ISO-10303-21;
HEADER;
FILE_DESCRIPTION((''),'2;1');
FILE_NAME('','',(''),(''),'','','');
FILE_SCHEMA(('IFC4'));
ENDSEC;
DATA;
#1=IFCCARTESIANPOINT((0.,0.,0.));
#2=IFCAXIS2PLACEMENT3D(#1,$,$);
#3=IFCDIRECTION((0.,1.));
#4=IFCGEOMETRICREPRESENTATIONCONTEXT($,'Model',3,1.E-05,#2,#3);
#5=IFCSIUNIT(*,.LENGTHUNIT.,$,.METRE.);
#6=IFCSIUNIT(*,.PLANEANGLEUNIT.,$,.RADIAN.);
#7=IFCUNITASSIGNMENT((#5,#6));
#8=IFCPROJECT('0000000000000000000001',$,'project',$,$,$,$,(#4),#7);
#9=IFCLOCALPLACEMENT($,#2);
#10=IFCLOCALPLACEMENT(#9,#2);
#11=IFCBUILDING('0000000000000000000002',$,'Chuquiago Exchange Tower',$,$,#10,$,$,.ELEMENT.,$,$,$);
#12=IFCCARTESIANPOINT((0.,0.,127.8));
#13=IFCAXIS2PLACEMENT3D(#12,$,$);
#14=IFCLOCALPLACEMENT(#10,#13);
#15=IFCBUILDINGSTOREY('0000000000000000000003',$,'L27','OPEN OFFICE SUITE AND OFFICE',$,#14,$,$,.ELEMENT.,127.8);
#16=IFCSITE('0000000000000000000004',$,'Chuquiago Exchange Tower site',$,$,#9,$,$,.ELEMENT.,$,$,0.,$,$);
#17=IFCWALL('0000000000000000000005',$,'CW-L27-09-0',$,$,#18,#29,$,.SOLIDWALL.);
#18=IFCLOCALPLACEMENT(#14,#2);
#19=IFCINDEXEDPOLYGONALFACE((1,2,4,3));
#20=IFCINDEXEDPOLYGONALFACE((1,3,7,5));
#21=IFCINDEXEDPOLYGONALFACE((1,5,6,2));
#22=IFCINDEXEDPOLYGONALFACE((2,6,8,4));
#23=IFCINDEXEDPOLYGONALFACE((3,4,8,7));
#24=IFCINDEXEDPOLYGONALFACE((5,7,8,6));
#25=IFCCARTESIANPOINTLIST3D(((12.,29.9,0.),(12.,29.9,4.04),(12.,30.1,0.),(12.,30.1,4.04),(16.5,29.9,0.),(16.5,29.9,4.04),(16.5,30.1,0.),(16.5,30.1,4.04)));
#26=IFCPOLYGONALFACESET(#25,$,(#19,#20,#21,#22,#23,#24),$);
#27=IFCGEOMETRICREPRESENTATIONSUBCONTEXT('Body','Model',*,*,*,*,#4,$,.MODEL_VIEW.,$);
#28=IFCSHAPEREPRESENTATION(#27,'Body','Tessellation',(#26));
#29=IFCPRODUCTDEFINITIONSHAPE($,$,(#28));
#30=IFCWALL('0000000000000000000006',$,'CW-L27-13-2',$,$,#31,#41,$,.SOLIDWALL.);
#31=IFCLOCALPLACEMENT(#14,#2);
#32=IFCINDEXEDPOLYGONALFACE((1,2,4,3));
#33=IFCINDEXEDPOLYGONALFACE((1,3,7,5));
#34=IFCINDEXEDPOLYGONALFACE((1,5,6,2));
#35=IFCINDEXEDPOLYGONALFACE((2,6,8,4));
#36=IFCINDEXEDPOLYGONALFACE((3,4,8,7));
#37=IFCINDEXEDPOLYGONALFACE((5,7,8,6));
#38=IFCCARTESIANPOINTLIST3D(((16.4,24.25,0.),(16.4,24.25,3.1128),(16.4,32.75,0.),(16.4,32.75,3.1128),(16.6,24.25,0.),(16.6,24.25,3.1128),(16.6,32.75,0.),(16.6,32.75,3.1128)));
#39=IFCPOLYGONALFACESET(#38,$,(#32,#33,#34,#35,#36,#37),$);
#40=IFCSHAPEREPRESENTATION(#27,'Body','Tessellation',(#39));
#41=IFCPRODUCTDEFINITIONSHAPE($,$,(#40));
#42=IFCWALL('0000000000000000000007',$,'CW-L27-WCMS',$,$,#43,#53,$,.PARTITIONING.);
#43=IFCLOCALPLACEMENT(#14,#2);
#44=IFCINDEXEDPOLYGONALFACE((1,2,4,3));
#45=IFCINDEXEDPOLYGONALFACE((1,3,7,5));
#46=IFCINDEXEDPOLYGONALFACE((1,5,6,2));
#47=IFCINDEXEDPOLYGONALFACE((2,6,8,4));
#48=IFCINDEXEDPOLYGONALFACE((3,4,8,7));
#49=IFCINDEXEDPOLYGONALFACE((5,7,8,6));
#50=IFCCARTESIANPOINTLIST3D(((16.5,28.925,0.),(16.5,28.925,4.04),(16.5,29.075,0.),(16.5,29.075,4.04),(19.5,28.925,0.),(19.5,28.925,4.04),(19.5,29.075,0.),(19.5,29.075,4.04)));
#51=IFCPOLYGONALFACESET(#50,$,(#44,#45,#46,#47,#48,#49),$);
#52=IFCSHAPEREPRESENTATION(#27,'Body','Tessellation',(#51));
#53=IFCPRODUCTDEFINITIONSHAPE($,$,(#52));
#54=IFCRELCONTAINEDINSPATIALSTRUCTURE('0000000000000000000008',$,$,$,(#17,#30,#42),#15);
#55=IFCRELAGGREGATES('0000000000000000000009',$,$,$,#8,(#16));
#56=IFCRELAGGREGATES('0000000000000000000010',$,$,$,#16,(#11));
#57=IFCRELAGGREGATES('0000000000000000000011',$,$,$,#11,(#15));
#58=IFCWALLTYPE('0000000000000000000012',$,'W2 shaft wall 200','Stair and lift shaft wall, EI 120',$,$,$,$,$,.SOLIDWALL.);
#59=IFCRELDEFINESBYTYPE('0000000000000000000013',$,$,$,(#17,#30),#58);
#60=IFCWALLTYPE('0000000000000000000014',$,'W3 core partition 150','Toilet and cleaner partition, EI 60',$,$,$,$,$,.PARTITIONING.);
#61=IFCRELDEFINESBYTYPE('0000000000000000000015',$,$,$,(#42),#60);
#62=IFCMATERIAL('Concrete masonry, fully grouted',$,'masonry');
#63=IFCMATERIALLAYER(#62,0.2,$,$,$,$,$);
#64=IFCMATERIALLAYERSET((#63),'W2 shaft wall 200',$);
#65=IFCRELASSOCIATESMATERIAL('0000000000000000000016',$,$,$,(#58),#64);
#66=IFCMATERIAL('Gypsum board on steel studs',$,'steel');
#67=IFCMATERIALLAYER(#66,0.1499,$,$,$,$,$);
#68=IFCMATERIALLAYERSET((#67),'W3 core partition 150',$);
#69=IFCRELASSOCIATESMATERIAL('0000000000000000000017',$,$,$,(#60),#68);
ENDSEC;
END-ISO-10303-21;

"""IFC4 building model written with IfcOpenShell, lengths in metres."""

from ifc_helpers import new_model, si_unit, direction, frame, frame_2d, origin, place, context, subcontext, project, spatial, rectangle, extrude, material, layer, layer_set, type_object, element, save


model = new_model("IFC4")

# Units and contexts
model_context = context("Model", 3, precision=1e-05, world=origin(), true_north=direction((0.0, 1.0)))
body_context = subcontext(model_context, "Body", "Model", "MODEL_VIEW")
ifc_project = project(units=[si_unit("LENGTHUNIT", "METRE"), si_unit("PLANEANGLEUNIT", "RADIAN")], contexts=[model_context])

# Site, building, storey
site_placement = place(None, origin())
site = spatial("IfcSite", under=ifc_project, at=site_placement, Name="Chuquiago Exchange Tower site", CompositionType="ELEMENT", RefElevation=0.0)
building_placement = place(site_placement, origin())
building = spatial("IfcBuilding", under=site, at=building_placement, Name="Chuquiago Exchange Tower", CompositionType="ELEMENT")
storey_placement = place(building_placement, frame((0.0, 0.0, 127.8)))
storey = spatial("IfcBuildingStorey", under=building, at=storey_placement, Name="L27", Description="OPEN OFFICE SUITE AND OFFICE", CompositionType="ELEMENT", Elevation=127.8)

# Shared definitions
ifc_material_1 = material(Name="Concrete masonry, fully grouted", Category="masonry")
ifc_layer_1 = layer(ifc_material_1, 0.2)
ifc_layer_set_1 = layer_set([ifc_layer_1], Name="W2 shaft wall 200")
wall_type_1 = type_object("IfcWallType", Name="W2 shaft wall 200", Description="Stair and lift shaft wall, EI 120", PredefinedType="SOLIDWALL", material=ifc_layer_set_1)

# Walls
wall_1_placement = place(storey_placement, frame((12.0, 30.0, 0.0), z_axis=(0.0, 0.0, 1.0), x_axis=(1.0, 0.0, 0.0)))
element("IfcWall", 1, at=wall_1_placement, inside=storey, type_object=wall_type_1, Name="CW-L27-09-0", PredefinedType="SOLIDWALL", context=body_context, shape_type="SweptSolid", body=[
    extrude(rectangle(XDim=4.5, YDim=0.2, at=frame_2d((2.25, 0.0))), origin(), (0.0, 0.0, 1.0), 4.04),
])
wall_2_placement = place(storey_placement, frame((16.5, 24.25, 0.0), z_axis=(0.0, 0.0, 1.0), x_axis=(0.0, 1.0, 0.0)))
element("IfcWall", 2, at=wall_2_placement, inside=storey, type_object=wall_type_1, Name="CW-L27-13-2", PredefinedType="SOLIDWALL", context=body_context, shape_type="SweptSolid", body=[
    extrude(rectangle(XDim=8.5, YDim=0.2, at=frame_2d((4.25, 0.0))), origin(), (0.0, 0.0, 1.0), 3.1128),
])
ifc_material_2 = material(Name="Gypsum board on steel studs", Category="steel")
ifc_layer_2 = layer(ifc_material_2, 0.1499)
ifc_layer_set_2 = layer_set([ifc_layer_2], Name="W3 core partition 150")
wall_type_2 = type_object("IfcWallType", Name="W3 core partition 150", Description="Toilet and cleaner partition, EI 60", PredefinedType="PARTITIONING", material=ifc_layer_set_2)
wall_3_placement = place(storey_placement, frame((16.5, 29.0, 0.0), z_axis=(0.0, 0.0, 1.0), x_axis=(1.0, 0.0, 0.0)))
element("IfcWall", 3, at=wall_3_placement, inside=storey, type_object=wall_type_2, Name="CW-L27-WCMS", PredefinedType="PARTITIONING", context=body_context, shape_type="SweptSolid", body=[
    extrude(rectangle(XDim=3.0, YDim=0.1499, at=frame_2d((1.5, 0.0))), origin(), (0.0, 0.0, 1.0), 4.04),
])

save(model, "model.ifc")
